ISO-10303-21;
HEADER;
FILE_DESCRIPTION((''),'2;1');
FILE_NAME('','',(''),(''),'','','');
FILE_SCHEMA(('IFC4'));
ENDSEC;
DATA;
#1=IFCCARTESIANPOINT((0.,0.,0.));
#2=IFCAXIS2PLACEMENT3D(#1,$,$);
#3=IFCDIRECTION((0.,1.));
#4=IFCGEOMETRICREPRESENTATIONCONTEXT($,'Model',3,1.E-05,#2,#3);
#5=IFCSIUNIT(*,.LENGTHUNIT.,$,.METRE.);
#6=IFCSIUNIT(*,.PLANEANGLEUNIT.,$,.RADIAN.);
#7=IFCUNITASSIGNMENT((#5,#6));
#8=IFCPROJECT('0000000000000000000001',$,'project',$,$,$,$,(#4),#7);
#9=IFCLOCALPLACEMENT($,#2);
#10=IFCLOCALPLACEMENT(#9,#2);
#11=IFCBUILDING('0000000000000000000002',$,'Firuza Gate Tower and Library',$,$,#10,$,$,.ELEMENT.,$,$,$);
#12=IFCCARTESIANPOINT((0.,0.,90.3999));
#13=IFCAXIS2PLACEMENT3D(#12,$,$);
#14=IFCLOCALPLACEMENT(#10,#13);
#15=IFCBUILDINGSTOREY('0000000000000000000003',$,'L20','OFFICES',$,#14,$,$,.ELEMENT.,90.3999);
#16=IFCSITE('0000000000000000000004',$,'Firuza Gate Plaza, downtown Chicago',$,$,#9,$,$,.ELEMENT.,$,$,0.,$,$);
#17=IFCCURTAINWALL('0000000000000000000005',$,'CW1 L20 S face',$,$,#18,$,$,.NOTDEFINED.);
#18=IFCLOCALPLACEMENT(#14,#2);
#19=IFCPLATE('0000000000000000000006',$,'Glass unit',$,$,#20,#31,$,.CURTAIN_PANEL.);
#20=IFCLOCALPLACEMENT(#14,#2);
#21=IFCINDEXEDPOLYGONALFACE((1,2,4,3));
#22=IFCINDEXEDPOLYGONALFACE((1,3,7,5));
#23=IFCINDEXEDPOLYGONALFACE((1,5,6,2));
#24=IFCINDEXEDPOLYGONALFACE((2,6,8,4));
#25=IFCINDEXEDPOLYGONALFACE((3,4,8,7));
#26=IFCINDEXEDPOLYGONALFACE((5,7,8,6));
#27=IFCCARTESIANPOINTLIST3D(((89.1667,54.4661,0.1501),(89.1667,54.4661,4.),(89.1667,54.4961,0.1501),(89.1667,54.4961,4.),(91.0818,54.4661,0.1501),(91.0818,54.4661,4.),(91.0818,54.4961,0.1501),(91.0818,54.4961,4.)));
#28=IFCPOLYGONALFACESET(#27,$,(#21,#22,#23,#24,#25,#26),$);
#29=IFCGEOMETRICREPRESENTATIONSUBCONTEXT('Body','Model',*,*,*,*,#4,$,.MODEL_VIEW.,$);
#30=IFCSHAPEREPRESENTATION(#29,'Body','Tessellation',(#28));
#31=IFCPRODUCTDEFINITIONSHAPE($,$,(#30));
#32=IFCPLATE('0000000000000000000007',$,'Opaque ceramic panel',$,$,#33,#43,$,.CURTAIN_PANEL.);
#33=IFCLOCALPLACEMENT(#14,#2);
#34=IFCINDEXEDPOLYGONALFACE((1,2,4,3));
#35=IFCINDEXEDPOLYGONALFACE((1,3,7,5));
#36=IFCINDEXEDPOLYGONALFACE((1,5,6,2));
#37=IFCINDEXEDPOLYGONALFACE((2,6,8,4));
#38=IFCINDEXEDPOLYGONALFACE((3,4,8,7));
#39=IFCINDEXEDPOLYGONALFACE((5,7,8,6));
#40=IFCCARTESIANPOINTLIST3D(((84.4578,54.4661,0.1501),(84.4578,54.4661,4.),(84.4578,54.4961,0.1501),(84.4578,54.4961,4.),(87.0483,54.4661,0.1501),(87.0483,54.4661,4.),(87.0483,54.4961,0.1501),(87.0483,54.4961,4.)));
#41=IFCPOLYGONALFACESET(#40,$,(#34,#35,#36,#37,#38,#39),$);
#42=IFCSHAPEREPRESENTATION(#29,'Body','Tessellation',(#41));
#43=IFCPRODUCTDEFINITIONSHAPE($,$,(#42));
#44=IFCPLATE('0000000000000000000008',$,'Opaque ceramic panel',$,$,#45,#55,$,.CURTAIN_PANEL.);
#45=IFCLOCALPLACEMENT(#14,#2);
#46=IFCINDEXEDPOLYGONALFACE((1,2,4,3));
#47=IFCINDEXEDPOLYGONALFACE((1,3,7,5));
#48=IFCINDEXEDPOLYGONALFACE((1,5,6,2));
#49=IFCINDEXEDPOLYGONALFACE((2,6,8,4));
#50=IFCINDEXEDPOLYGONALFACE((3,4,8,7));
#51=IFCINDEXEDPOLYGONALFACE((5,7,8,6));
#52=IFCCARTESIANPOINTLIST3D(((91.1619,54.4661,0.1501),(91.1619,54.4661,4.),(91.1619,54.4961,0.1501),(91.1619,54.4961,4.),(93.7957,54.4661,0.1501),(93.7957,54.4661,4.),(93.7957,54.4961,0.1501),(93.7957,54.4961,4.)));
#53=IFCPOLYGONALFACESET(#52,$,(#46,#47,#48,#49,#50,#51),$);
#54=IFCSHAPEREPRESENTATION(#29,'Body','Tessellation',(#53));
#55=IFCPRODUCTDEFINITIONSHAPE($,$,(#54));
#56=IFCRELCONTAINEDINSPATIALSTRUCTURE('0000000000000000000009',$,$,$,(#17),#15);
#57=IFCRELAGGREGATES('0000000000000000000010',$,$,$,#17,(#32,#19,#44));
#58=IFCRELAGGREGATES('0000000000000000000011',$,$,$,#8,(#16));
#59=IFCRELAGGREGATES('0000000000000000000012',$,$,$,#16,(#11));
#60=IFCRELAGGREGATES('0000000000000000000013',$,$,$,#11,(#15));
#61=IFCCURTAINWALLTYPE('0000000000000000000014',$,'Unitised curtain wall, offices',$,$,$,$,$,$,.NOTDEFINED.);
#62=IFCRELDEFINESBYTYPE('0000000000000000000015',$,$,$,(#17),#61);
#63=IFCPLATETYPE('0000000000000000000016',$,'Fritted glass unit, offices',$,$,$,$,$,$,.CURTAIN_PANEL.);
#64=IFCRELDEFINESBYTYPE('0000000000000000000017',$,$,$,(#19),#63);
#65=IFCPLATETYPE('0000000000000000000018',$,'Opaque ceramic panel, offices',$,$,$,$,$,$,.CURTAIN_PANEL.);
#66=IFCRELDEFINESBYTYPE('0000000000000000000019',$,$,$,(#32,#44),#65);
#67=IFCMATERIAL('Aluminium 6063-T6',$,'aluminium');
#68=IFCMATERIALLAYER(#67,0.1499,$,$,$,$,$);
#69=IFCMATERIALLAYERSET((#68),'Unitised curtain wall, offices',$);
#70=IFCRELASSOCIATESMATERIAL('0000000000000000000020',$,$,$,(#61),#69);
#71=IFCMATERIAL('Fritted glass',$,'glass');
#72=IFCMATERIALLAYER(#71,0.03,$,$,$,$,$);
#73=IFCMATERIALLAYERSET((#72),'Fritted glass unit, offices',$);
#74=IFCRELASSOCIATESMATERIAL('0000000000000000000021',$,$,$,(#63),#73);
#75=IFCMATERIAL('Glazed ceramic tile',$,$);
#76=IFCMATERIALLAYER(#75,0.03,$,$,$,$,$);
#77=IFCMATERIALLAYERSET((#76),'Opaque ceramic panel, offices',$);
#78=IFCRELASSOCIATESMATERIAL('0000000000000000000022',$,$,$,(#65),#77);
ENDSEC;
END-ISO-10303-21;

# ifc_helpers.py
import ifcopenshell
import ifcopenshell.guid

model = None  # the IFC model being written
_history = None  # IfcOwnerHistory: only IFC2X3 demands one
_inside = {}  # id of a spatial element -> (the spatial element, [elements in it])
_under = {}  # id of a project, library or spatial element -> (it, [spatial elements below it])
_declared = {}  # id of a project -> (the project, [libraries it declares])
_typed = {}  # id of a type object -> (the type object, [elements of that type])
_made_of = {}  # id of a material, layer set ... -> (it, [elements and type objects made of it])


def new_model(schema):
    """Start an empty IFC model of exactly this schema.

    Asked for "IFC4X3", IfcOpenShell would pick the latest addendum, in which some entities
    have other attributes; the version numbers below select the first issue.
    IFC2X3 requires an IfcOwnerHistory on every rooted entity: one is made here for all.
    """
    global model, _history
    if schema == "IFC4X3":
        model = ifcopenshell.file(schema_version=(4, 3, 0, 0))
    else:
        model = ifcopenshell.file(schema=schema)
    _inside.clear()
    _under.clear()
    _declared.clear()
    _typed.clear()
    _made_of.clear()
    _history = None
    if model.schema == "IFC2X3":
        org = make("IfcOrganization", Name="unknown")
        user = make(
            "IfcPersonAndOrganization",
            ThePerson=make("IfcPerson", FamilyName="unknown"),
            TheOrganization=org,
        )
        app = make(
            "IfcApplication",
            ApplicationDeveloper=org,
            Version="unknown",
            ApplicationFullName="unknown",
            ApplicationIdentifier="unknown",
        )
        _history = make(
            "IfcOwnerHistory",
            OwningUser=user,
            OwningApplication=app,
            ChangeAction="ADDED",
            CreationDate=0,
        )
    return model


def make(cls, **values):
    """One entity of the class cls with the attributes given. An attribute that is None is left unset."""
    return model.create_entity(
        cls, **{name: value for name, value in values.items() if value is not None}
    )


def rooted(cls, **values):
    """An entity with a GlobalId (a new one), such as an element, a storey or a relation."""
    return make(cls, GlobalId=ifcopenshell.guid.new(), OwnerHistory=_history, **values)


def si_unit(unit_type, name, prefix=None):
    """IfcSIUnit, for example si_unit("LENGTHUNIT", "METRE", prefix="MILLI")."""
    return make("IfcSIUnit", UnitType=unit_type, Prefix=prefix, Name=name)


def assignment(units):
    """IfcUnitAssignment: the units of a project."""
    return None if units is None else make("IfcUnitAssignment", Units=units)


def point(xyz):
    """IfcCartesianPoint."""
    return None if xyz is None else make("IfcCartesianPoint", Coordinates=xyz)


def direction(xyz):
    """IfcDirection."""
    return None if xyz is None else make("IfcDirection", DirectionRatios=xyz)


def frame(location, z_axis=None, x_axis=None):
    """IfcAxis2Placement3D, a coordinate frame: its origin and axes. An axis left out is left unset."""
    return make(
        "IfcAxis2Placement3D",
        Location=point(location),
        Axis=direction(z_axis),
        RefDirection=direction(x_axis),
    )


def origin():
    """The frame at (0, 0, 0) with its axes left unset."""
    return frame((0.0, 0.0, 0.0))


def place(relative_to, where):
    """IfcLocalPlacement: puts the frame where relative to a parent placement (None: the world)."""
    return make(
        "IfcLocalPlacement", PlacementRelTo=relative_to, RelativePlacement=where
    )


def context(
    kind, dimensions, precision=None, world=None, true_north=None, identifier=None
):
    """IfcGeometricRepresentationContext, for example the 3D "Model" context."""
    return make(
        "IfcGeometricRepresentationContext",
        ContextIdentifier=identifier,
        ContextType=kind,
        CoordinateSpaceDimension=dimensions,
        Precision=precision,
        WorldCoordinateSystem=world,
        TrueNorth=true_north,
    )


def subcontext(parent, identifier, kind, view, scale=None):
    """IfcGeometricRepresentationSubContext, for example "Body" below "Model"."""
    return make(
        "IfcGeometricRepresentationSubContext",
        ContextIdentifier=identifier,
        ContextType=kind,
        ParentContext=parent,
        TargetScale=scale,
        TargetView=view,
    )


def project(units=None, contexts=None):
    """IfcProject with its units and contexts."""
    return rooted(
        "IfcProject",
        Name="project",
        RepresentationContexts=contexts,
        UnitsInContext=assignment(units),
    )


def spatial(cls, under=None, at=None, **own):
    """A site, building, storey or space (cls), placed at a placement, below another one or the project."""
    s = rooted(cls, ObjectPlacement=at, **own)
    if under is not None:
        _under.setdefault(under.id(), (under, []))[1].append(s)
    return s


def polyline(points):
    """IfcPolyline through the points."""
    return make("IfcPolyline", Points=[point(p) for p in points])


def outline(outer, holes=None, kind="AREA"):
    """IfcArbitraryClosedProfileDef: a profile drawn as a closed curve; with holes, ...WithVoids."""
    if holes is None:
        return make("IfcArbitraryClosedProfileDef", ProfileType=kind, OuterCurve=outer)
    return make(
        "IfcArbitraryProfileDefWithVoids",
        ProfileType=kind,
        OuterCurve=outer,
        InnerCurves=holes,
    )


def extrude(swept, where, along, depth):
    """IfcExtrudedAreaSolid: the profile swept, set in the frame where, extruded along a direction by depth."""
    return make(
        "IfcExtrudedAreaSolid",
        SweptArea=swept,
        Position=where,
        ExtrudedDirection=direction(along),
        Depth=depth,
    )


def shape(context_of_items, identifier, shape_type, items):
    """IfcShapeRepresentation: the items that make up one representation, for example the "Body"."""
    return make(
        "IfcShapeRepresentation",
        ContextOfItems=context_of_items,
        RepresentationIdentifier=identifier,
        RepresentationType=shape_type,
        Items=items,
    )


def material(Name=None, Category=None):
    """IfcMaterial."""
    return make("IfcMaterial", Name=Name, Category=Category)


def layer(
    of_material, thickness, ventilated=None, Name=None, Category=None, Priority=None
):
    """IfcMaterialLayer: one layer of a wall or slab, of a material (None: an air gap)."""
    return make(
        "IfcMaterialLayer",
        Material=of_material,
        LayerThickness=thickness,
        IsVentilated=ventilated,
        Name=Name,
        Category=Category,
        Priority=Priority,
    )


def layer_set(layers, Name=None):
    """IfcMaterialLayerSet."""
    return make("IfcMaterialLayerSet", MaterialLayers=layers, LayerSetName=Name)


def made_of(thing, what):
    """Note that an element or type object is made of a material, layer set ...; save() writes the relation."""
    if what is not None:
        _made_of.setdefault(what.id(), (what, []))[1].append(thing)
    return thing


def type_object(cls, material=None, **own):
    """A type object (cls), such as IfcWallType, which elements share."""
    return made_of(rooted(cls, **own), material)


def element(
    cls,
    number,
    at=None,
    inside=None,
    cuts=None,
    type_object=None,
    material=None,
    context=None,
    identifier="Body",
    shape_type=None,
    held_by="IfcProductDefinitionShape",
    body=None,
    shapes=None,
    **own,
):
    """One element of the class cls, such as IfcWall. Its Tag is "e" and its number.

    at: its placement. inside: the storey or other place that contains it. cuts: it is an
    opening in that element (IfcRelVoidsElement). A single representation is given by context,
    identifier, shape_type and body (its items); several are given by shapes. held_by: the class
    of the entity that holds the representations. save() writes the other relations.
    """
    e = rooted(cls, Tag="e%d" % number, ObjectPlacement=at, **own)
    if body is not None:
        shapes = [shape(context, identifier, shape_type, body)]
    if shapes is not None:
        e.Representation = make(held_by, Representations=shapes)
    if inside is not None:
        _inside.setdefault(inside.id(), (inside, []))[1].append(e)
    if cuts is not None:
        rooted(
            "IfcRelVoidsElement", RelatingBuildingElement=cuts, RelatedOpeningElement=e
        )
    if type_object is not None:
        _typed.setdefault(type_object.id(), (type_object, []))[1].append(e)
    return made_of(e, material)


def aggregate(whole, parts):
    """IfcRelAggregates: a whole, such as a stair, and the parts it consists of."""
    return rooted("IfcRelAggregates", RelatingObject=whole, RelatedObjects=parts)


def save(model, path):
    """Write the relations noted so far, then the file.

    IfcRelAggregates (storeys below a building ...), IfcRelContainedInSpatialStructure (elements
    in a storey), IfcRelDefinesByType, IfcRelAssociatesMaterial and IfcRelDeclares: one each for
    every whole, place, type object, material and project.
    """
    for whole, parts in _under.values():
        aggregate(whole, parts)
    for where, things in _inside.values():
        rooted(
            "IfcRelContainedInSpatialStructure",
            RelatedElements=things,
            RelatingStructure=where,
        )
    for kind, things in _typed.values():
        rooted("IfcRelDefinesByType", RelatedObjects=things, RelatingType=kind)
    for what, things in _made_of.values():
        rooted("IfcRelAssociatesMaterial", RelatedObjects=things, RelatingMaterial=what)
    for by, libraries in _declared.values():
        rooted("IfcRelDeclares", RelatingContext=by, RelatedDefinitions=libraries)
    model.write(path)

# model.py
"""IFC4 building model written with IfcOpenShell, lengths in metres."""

from ifc_helpers import new_model, si_unit, direction, frame, origin, place, context, subcontext, project, spatial, polyline, outline, extrude, material, layer, layer_set, type_object, element, aggregate, save


model = new_model("IFC4")

# Units and contexts
model_context = context("Model", 3, precision=1e-05, world=origin(), true_north=direction((0.0, 1.0)))
body_context = subcontext(model_context, "Body", "Model", "MODEL_VIEW")
ifc_project = project(units=[si_unit("LENGTHUNIT", "METRE"), si_unit("PLANEANGLEUNIT", "RADIAN")], contexts=[model_context])

# Site, building, storey
site_placement = place(None, origin())
site = spatial("IfcSite", under=ifc_project, at=site_placement, Name="Firuza Gate Plaza, downtown Chicago", CompositionType="ELEMENT", RefElevation=0.0)
building_placement = place(site_placement, origin())
building = spatial("IfcBuilding", under=site, at=building_placement, Name="Firuza Gate Tower and Library", CompositionType="ELEMENT")
storey_placement = place(building_placement, frame((0.0, 0.0, 90.3999)))
storey = spatial("IfcBuildingStorey", under=building, at=storey_placement, Name="L20", Description="OFFICES", CompositionType="ELEMENT", Elevation=90.3999)

# Curtain wall
ifc_material_1 = material(Name="Aluminium 6063-T6", Category="aluminium")
ifc_layer_1 = layer(ifc_material_1, 0.1499)
ifc_layer_set_1 = layer_set([ifc_layer_1], Name="Unitised curtain wall, offices")
curtain_wall_type = type_object("IfcCurtainWallType", Name="Unitised curtain wall, offices", PredefinedType="NOTDEFINED", material=ifc_layer_set_1)
curtain_wall_placement = place(storey_placement, origin())
curtain_wall = element("IfcCurtainWall", 1, at=curtain_wall_placement, inside=storey, type_object=curtain_wall_type, Name="CW1 L20 S face", PredefinedType="NOTDEFINED")

# Plates
ifc_material_2 = material(Name="Fritted glass", Category="glass")
ifc_layer_2 = layer(ifc_material_2, 0.03)
ifc_layer_set_2 = layer_set([ifc_layer_2], Name="Fritted glass unit, offices")
plate_type_1 = type_object("IfcPlateType", Name="Fritted glass unit, offices", PredefinedType="CURTAIN_PANEL", material=ifc_layer_set_2)
plate_1_placement = place(storey_placement, frame((89.1667, 54.4661, 0.1501), z_axis=(0.0, -1.0, 0.0), x_axis=(1.0, 0.0, 0.0)))
plate_1 = element("IfcPlate", 2, at=plate_1_placement, type_object=plate_type_1, Name="Glass unit", PredefinedType="CURTAIN_PANEL", context=body_context, shape_type="SweptSolid", body=[
    extrude(outline(polyline([(0.0, 0.0), (1.915, 0.0), (1.915, 3.8499), (0.0, 3.8499), (0.0, 0.0)])), origin(), (0.0, 0.0, -1.0), 0.03),
])
ifc_material_3 = material(Name="Glazed ceramic tile")
ifc_layer_3 = layer(ifc_material_3, 0.03)
ifc_layer_set_3 = layer_set([ifc_layer_3], Name="Opaque ceramic panel, offices")
plate_type_2 = type_object("IfcPlateType", Name="Opaque ceramic panel, offices", PredefinedType="CURTAIN_PANEL", material=ifc_layer_set_3)
plate_2_placement = place(storey_placement, frame((84.4578, 54.4661, 0.1501), z_axis=(0.0, -1.0, 0.0), x_axis=(1.0, 0.0, 0.0)))
plate_2 = element("IfcPlate", 3, at=plate_2_placement, type_object=plate_type_2, Name="Opaque ceramic panel", PredefinedType="CURTAIN_PANEL", context=body_context, shape_type="SweptSolid", body=[
    extrude(outline(polyline([(0.0, 0.0), (2.5906, 0.0), (2.5906, 3.8499), (0.0, 3.8499), (0.0, 0.0)])), origin(), (0.0, 0.0, -1.0), 0.03),
])
plate_3_placement = place(storey_placement, frame((91.1619, 54.4661, 0.1501), z_axis=(0.0, -1.0, 0.0), x_axis=(1.0, 0.0, 0.0)))
plate_3 = element("IfcPlate", 4, at=plate_3_placement, type_object=plate_type_2, Name="Opaque ceramic panel", PredefinedType="CURTAIN_PANEL", context=body_context, shape_type="SweptSolid", body=[
    extrude(outline(polyline([(0.0, 0.0), (2.6338, 0.0), (2.6338, 3.8499), (0.0, 3.8499), (0.0, 0.0)])), origin(), (0.0, 0.0, -1.0), 0.03),
])
aggregate(curtain_wall, [plate_2, plate_1, plate_3])

save(model, "model.ifc")
